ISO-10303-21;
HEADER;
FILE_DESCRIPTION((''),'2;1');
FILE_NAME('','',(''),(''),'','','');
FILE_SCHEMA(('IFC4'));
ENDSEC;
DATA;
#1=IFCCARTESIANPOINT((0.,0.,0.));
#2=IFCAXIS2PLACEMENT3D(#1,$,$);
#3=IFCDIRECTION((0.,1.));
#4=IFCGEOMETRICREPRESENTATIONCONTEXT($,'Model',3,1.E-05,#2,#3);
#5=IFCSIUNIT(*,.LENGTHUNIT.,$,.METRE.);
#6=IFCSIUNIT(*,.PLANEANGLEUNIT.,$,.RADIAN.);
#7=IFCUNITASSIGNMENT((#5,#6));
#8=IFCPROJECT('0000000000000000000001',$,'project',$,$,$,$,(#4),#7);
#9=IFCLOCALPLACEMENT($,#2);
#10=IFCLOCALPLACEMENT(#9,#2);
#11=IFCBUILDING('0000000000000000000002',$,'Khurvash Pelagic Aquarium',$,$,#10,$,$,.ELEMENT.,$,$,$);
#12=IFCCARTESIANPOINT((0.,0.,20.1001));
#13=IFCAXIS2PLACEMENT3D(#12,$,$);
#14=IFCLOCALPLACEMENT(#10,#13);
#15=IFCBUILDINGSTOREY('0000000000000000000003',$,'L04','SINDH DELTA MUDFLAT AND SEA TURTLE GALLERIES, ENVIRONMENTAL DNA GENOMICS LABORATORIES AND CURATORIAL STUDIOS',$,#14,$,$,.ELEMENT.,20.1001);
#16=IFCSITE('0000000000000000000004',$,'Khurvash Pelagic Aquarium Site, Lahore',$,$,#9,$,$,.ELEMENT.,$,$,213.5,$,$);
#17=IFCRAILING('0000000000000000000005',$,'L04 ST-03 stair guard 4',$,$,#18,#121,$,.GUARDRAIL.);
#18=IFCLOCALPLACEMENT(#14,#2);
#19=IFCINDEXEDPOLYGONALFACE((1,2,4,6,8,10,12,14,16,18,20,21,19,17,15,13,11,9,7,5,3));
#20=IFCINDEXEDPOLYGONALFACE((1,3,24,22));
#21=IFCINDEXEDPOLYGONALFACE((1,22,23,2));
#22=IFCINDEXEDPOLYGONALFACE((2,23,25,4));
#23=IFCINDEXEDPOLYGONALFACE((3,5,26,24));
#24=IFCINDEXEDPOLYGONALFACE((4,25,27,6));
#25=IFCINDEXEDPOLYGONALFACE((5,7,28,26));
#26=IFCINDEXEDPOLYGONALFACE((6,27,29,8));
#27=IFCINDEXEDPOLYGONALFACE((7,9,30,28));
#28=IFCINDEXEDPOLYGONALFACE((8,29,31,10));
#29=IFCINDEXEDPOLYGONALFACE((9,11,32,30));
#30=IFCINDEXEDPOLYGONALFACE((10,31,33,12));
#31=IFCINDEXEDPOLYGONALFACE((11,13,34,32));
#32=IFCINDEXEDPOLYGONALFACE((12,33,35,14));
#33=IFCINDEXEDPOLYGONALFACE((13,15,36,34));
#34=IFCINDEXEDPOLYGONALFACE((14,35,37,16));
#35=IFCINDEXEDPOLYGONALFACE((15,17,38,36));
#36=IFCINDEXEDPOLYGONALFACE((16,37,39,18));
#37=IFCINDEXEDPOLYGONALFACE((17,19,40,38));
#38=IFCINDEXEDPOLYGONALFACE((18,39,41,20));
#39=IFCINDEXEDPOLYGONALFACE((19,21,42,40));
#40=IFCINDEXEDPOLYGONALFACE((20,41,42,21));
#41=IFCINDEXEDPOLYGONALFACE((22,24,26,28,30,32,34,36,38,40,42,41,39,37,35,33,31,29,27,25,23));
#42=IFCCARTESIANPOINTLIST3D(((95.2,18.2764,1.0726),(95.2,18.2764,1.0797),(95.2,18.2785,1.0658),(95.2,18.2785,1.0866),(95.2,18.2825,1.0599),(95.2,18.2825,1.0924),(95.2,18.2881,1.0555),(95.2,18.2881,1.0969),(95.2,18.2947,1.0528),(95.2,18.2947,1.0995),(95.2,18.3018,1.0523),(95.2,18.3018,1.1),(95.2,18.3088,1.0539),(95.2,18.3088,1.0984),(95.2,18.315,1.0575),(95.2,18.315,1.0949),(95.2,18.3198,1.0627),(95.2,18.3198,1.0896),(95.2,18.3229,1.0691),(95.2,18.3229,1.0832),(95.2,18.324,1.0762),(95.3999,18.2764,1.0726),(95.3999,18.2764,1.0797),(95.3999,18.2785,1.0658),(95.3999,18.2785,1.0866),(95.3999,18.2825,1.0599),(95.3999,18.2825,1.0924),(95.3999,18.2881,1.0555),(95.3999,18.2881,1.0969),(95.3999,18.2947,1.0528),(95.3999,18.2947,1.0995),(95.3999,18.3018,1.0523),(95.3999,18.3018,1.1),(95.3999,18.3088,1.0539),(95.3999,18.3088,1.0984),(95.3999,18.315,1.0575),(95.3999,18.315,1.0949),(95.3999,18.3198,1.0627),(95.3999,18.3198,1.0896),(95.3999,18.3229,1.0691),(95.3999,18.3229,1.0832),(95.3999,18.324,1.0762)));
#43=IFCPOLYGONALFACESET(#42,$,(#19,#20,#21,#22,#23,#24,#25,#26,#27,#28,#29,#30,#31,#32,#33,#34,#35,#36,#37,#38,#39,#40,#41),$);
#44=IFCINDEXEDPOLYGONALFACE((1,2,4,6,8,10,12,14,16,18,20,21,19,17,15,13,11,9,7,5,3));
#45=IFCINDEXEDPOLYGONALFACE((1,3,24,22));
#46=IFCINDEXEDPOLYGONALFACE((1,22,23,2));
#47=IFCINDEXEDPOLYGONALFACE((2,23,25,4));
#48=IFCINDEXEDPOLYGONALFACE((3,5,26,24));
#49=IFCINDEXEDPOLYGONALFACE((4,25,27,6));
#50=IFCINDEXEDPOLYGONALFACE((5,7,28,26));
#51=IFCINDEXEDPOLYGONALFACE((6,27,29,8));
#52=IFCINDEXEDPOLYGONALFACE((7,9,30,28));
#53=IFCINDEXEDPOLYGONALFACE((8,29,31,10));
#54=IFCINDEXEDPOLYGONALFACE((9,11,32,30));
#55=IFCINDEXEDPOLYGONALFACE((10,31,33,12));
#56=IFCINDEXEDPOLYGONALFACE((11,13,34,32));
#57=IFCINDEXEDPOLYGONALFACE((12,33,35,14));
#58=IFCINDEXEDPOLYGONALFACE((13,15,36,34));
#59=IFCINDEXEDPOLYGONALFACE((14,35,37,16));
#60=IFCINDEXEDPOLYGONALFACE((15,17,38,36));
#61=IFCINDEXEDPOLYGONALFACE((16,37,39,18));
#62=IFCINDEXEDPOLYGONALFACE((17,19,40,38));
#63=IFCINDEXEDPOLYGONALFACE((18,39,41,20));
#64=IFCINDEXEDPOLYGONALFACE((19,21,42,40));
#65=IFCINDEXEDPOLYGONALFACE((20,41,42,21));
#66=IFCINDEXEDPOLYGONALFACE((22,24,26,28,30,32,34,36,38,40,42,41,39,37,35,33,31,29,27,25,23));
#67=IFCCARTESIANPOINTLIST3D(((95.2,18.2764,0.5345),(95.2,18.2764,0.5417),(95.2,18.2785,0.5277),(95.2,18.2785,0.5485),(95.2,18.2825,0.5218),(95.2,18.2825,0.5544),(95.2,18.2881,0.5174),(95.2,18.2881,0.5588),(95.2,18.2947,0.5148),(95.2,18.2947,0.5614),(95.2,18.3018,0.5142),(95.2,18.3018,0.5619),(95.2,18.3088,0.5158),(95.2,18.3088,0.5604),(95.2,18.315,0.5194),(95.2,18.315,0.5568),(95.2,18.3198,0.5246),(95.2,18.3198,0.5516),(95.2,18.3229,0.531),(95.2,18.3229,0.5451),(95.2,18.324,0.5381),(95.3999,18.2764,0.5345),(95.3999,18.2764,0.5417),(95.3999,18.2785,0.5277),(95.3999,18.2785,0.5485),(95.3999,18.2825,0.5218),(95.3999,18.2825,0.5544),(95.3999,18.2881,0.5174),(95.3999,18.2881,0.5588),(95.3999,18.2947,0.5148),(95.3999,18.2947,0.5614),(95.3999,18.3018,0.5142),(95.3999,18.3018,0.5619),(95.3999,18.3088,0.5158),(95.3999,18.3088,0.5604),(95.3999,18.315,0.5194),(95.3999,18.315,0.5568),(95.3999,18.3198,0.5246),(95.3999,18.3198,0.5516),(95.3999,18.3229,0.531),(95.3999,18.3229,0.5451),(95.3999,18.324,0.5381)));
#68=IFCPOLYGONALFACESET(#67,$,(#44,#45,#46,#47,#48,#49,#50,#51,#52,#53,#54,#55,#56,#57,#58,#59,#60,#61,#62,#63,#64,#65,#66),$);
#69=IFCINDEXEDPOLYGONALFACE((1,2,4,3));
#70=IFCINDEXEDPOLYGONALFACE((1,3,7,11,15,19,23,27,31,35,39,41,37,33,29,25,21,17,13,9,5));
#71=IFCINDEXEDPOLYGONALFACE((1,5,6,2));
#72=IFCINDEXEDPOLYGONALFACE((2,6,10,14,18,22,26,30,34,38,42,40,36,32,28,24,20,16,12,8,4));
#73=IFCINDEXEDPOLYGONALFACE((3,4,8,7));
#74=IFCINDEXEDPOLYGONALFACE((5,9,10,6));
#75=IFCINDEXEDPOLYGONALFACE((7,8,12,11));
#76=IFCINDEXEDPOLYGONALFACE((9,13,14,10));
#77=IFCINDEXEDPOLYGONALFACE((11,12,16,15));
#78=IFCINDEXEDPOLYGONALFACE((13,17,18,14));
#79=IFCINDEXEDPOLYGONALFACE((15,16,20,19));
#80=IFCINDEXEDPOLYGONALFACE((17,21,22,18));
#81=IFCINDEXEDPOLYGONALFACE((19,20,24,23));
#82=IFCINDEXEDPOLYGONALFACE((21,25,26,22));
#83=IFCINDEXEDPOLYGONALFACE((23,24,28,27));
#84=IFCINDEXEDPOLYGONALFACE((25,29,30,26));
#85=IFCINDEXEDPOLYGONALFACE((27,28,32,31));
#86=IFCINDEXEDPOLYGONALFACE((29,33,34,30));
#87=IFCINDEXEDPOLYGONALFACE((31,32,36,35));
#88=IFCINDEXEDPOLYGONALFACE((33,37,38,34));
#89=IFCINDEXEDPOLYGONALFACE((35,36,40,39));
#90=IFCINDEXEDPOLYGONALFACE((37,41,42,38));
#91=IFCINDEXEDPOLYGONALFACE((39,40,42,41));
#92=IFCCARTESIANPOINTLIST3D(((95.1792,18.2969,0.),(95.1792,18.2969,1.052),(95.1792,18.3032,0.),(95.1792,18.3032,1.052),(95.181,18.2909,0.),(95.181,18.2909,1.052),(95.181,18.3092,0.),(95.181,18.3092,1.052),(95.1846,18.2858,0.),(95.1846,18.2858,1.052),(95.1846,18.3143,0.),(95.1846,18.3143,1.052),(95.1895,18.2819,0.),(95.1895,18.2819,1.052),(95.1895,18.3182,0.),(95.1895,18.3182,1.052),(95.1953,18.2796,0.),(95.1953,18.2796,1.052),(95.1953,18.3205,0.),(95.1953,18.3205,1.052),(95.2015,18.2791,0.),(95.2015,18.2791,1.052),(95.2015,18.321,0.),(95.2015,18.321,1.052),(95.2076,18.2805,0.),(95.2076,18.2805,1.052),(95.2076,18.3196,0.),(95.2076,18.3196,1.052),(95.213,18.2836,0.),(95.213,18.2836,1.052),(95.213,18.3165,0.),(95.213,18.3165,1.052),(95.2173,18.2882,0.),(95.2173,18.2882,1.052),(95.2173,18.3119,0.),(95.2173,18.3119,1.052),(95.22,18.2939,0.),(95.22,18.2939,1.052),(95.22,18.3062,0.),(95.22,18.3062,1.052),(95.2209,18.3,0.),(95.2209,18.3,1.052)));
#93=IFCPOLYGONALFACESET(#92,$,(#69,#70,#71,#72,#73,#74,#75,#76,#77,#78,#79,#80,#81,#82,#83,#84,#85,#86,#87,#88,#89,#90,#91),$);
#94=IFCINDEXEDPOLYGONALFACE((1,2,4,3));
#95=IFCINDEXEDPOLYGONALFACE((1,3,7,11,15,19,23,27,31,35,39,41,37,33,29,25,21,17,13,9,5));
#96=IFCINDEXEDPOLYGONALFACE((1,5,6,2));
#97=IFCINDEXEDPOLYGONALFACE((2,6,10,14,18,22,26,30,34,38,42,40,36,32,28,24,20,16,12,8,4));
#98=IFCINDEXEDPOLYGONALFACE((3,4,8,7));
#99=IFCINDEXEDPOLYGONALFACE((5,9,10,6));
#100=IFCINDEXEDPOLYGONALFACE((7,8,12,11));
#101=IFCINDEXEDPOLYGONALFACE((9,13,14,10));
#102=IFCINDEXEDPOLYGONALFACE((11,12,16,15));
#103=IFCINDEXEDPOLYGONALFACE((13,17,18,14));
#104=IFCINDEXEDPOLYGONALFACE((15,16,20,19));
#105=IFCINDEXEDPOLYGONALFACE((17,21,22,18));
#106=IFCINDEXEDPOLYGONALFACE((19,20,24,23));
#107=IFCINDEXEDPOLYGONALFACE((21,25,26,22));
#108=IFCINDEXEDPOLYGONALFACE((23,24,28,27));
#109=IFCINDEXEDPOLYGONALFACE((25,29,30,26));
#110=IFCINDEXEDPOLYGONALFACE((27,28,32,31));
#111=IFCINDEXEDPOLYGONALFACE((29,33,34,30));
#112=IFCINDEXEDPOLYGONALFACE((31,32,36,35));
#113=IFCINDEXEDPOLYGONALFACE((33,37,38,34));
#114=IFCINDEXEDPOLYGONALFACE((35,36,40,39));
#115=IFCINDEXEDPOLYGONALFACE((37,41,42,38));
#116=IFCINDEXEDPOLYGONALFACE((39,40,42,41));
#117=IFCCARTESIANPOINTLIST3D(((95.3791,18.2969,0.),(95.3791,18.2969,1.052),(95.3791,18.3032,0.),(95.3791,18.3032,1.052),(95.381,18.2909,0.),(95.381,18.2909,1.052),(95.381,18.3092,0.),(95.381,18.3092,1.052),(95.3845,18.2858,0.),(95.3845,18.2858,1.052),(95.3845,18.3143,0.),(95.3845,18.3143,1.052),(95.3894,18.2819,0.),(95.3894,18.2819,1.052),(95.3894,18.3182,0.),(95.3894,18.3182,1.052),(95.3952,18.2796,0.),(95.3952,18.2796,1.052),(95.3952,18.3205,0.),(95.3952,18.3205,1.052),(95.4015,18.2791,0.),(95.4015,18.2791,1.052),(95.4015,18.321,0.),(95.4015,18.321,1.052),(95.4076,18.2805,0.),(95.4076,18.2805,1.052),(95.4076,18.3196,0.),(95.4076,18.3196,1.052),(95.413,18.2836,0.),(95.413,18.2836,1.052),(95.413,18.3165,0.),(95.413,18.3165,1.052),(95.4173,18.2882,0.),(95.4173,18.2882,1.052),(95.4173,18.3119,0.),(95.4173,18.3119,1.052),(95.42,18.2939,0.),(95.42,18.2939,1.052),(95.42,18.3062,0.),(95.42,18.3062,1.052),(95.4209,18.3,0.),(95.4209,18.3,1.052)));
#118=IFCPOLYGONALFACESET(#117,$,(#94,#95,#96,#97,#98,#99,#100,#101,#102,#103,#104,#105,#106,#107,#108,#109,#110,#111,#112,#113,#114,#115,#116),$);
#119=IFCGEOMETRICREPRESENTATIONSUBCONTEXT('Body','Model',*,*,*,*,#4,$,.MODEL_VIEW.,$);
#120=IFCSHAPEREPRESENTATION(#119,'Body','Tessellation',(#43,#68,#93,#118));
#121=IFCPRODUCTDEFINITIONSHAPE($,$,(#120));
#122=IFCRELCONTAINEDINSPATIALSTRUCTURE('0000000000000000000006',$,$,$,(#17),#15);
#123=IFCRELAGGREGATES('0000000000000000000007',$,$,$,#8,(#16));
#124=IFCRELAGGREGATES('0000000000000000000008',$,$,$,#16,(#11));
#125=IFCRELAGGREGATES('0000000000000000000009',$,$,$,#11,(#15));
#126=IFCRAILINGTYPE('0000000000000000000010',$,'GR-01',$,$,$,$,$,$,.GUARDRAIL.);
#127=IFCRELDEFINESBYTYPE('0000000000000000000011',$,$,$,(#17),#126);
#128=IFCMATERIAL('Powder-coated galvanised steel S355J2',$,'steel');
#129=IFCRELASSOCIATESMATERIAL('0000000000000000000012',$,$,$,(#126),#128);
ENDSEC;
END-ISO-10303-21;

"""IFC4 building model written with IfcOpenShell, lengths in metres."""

from ifc_helpers import new_model, si_unit, direction, frame, origin, origin_2d, place, context, subcontext, project, spatial, circle, extrude, material, type_object, element, save


model = new_model("IFC4")

# Units and contexts
model_context = context("Model", 3, precision=1e-05, world=origin(), true_north=direction((0.0, 1.0)))
body_context = subcontext(model_context, "Body", "Model", "MODEL_VIEW")
ifc_project = project(units=[si_unit("LENGTHUNIT", "METRE"), si_unit("PLANEANGLEUNIT", "RADIAN")], contexts=[model_context])

# Site, building, storey
site_placement = place(None, origin())
site = spatial("IfcSite", under=ifc_project, at=site_placement, Name="Khurvash Pelagic Aquarium Site, Lahore", CompositionType="ELEMENT", RefElevation=213.5)
building_placement = place(site_placement, origin())
building = spatial("IfcBuilding", under=site, at=building_placement, Name="Khurvash Pelagic Aquarium", CompositionType="ELEMENT")
storey_placement = place(building_placement, frame((0.0, 0.0, 20.1001)))
storey = spatial("IfcBuildingStorey", under=building, at=storey_placement, Name="L04", Description="SINDH DELTA MUDFLAT AND SEA TURTLE GALLERIES, ENVIRONMENTAL DNA GENOMICS LABORATORIES AND CURATORIAL STUDIOS", CompositionType="ELEMENT", Elevation=20.1001)

# Railing
ifc_material_1 = material(Name="Powder-coated galvanised steel S355J2", Category="steel")
railing_type_1 = type_object("IfcRailingType", Name="GR-01", PredefinedType="GUARDRAIL", material=ifc_material_1)
railing_1_placement = place(storey_placement, frame((95.2, 18.3, 0.0)))
element("IfcRailing", 1, at=railing_1_placement, inside=storey, type_object=railing_type_1, Name="L04 ST-03 stair guard 4", PredefinedType="GUARDRAIL", context=body_context, shape_type="SweptSolid", body=[
    extrude(circle(Radius=0.0239, at=origin_2d()), frame((0.0, 0.0, 1.0762), z_axis=(1.0, 0.0, 0.0), x_axis=(0.0, 1.0, 0.0)), (0.0, 0.0, 1.0), 0.2),
    extrude(circle(Radius=0.0239, at=origin_2d()), frame((0.0, 0.0, 0.5381), z_axis=(1.0, 0.0, 0.0), x_axis=(0.0, 1.0, 0.0)), (0.0, 0.0, 1.0), 0.2),
    extrude(circle(Radius=0.021, at=origin_2d()), origin(), (0.0, 0.0, 1.0), 1.052),
    extrude(circle(Radius=0.021, at=origin_2d()), frame((0.2, 0.0, 0.0)), (0.0, 0.0, 1.0), 1.052),
])

save(model, "model.ifc")
